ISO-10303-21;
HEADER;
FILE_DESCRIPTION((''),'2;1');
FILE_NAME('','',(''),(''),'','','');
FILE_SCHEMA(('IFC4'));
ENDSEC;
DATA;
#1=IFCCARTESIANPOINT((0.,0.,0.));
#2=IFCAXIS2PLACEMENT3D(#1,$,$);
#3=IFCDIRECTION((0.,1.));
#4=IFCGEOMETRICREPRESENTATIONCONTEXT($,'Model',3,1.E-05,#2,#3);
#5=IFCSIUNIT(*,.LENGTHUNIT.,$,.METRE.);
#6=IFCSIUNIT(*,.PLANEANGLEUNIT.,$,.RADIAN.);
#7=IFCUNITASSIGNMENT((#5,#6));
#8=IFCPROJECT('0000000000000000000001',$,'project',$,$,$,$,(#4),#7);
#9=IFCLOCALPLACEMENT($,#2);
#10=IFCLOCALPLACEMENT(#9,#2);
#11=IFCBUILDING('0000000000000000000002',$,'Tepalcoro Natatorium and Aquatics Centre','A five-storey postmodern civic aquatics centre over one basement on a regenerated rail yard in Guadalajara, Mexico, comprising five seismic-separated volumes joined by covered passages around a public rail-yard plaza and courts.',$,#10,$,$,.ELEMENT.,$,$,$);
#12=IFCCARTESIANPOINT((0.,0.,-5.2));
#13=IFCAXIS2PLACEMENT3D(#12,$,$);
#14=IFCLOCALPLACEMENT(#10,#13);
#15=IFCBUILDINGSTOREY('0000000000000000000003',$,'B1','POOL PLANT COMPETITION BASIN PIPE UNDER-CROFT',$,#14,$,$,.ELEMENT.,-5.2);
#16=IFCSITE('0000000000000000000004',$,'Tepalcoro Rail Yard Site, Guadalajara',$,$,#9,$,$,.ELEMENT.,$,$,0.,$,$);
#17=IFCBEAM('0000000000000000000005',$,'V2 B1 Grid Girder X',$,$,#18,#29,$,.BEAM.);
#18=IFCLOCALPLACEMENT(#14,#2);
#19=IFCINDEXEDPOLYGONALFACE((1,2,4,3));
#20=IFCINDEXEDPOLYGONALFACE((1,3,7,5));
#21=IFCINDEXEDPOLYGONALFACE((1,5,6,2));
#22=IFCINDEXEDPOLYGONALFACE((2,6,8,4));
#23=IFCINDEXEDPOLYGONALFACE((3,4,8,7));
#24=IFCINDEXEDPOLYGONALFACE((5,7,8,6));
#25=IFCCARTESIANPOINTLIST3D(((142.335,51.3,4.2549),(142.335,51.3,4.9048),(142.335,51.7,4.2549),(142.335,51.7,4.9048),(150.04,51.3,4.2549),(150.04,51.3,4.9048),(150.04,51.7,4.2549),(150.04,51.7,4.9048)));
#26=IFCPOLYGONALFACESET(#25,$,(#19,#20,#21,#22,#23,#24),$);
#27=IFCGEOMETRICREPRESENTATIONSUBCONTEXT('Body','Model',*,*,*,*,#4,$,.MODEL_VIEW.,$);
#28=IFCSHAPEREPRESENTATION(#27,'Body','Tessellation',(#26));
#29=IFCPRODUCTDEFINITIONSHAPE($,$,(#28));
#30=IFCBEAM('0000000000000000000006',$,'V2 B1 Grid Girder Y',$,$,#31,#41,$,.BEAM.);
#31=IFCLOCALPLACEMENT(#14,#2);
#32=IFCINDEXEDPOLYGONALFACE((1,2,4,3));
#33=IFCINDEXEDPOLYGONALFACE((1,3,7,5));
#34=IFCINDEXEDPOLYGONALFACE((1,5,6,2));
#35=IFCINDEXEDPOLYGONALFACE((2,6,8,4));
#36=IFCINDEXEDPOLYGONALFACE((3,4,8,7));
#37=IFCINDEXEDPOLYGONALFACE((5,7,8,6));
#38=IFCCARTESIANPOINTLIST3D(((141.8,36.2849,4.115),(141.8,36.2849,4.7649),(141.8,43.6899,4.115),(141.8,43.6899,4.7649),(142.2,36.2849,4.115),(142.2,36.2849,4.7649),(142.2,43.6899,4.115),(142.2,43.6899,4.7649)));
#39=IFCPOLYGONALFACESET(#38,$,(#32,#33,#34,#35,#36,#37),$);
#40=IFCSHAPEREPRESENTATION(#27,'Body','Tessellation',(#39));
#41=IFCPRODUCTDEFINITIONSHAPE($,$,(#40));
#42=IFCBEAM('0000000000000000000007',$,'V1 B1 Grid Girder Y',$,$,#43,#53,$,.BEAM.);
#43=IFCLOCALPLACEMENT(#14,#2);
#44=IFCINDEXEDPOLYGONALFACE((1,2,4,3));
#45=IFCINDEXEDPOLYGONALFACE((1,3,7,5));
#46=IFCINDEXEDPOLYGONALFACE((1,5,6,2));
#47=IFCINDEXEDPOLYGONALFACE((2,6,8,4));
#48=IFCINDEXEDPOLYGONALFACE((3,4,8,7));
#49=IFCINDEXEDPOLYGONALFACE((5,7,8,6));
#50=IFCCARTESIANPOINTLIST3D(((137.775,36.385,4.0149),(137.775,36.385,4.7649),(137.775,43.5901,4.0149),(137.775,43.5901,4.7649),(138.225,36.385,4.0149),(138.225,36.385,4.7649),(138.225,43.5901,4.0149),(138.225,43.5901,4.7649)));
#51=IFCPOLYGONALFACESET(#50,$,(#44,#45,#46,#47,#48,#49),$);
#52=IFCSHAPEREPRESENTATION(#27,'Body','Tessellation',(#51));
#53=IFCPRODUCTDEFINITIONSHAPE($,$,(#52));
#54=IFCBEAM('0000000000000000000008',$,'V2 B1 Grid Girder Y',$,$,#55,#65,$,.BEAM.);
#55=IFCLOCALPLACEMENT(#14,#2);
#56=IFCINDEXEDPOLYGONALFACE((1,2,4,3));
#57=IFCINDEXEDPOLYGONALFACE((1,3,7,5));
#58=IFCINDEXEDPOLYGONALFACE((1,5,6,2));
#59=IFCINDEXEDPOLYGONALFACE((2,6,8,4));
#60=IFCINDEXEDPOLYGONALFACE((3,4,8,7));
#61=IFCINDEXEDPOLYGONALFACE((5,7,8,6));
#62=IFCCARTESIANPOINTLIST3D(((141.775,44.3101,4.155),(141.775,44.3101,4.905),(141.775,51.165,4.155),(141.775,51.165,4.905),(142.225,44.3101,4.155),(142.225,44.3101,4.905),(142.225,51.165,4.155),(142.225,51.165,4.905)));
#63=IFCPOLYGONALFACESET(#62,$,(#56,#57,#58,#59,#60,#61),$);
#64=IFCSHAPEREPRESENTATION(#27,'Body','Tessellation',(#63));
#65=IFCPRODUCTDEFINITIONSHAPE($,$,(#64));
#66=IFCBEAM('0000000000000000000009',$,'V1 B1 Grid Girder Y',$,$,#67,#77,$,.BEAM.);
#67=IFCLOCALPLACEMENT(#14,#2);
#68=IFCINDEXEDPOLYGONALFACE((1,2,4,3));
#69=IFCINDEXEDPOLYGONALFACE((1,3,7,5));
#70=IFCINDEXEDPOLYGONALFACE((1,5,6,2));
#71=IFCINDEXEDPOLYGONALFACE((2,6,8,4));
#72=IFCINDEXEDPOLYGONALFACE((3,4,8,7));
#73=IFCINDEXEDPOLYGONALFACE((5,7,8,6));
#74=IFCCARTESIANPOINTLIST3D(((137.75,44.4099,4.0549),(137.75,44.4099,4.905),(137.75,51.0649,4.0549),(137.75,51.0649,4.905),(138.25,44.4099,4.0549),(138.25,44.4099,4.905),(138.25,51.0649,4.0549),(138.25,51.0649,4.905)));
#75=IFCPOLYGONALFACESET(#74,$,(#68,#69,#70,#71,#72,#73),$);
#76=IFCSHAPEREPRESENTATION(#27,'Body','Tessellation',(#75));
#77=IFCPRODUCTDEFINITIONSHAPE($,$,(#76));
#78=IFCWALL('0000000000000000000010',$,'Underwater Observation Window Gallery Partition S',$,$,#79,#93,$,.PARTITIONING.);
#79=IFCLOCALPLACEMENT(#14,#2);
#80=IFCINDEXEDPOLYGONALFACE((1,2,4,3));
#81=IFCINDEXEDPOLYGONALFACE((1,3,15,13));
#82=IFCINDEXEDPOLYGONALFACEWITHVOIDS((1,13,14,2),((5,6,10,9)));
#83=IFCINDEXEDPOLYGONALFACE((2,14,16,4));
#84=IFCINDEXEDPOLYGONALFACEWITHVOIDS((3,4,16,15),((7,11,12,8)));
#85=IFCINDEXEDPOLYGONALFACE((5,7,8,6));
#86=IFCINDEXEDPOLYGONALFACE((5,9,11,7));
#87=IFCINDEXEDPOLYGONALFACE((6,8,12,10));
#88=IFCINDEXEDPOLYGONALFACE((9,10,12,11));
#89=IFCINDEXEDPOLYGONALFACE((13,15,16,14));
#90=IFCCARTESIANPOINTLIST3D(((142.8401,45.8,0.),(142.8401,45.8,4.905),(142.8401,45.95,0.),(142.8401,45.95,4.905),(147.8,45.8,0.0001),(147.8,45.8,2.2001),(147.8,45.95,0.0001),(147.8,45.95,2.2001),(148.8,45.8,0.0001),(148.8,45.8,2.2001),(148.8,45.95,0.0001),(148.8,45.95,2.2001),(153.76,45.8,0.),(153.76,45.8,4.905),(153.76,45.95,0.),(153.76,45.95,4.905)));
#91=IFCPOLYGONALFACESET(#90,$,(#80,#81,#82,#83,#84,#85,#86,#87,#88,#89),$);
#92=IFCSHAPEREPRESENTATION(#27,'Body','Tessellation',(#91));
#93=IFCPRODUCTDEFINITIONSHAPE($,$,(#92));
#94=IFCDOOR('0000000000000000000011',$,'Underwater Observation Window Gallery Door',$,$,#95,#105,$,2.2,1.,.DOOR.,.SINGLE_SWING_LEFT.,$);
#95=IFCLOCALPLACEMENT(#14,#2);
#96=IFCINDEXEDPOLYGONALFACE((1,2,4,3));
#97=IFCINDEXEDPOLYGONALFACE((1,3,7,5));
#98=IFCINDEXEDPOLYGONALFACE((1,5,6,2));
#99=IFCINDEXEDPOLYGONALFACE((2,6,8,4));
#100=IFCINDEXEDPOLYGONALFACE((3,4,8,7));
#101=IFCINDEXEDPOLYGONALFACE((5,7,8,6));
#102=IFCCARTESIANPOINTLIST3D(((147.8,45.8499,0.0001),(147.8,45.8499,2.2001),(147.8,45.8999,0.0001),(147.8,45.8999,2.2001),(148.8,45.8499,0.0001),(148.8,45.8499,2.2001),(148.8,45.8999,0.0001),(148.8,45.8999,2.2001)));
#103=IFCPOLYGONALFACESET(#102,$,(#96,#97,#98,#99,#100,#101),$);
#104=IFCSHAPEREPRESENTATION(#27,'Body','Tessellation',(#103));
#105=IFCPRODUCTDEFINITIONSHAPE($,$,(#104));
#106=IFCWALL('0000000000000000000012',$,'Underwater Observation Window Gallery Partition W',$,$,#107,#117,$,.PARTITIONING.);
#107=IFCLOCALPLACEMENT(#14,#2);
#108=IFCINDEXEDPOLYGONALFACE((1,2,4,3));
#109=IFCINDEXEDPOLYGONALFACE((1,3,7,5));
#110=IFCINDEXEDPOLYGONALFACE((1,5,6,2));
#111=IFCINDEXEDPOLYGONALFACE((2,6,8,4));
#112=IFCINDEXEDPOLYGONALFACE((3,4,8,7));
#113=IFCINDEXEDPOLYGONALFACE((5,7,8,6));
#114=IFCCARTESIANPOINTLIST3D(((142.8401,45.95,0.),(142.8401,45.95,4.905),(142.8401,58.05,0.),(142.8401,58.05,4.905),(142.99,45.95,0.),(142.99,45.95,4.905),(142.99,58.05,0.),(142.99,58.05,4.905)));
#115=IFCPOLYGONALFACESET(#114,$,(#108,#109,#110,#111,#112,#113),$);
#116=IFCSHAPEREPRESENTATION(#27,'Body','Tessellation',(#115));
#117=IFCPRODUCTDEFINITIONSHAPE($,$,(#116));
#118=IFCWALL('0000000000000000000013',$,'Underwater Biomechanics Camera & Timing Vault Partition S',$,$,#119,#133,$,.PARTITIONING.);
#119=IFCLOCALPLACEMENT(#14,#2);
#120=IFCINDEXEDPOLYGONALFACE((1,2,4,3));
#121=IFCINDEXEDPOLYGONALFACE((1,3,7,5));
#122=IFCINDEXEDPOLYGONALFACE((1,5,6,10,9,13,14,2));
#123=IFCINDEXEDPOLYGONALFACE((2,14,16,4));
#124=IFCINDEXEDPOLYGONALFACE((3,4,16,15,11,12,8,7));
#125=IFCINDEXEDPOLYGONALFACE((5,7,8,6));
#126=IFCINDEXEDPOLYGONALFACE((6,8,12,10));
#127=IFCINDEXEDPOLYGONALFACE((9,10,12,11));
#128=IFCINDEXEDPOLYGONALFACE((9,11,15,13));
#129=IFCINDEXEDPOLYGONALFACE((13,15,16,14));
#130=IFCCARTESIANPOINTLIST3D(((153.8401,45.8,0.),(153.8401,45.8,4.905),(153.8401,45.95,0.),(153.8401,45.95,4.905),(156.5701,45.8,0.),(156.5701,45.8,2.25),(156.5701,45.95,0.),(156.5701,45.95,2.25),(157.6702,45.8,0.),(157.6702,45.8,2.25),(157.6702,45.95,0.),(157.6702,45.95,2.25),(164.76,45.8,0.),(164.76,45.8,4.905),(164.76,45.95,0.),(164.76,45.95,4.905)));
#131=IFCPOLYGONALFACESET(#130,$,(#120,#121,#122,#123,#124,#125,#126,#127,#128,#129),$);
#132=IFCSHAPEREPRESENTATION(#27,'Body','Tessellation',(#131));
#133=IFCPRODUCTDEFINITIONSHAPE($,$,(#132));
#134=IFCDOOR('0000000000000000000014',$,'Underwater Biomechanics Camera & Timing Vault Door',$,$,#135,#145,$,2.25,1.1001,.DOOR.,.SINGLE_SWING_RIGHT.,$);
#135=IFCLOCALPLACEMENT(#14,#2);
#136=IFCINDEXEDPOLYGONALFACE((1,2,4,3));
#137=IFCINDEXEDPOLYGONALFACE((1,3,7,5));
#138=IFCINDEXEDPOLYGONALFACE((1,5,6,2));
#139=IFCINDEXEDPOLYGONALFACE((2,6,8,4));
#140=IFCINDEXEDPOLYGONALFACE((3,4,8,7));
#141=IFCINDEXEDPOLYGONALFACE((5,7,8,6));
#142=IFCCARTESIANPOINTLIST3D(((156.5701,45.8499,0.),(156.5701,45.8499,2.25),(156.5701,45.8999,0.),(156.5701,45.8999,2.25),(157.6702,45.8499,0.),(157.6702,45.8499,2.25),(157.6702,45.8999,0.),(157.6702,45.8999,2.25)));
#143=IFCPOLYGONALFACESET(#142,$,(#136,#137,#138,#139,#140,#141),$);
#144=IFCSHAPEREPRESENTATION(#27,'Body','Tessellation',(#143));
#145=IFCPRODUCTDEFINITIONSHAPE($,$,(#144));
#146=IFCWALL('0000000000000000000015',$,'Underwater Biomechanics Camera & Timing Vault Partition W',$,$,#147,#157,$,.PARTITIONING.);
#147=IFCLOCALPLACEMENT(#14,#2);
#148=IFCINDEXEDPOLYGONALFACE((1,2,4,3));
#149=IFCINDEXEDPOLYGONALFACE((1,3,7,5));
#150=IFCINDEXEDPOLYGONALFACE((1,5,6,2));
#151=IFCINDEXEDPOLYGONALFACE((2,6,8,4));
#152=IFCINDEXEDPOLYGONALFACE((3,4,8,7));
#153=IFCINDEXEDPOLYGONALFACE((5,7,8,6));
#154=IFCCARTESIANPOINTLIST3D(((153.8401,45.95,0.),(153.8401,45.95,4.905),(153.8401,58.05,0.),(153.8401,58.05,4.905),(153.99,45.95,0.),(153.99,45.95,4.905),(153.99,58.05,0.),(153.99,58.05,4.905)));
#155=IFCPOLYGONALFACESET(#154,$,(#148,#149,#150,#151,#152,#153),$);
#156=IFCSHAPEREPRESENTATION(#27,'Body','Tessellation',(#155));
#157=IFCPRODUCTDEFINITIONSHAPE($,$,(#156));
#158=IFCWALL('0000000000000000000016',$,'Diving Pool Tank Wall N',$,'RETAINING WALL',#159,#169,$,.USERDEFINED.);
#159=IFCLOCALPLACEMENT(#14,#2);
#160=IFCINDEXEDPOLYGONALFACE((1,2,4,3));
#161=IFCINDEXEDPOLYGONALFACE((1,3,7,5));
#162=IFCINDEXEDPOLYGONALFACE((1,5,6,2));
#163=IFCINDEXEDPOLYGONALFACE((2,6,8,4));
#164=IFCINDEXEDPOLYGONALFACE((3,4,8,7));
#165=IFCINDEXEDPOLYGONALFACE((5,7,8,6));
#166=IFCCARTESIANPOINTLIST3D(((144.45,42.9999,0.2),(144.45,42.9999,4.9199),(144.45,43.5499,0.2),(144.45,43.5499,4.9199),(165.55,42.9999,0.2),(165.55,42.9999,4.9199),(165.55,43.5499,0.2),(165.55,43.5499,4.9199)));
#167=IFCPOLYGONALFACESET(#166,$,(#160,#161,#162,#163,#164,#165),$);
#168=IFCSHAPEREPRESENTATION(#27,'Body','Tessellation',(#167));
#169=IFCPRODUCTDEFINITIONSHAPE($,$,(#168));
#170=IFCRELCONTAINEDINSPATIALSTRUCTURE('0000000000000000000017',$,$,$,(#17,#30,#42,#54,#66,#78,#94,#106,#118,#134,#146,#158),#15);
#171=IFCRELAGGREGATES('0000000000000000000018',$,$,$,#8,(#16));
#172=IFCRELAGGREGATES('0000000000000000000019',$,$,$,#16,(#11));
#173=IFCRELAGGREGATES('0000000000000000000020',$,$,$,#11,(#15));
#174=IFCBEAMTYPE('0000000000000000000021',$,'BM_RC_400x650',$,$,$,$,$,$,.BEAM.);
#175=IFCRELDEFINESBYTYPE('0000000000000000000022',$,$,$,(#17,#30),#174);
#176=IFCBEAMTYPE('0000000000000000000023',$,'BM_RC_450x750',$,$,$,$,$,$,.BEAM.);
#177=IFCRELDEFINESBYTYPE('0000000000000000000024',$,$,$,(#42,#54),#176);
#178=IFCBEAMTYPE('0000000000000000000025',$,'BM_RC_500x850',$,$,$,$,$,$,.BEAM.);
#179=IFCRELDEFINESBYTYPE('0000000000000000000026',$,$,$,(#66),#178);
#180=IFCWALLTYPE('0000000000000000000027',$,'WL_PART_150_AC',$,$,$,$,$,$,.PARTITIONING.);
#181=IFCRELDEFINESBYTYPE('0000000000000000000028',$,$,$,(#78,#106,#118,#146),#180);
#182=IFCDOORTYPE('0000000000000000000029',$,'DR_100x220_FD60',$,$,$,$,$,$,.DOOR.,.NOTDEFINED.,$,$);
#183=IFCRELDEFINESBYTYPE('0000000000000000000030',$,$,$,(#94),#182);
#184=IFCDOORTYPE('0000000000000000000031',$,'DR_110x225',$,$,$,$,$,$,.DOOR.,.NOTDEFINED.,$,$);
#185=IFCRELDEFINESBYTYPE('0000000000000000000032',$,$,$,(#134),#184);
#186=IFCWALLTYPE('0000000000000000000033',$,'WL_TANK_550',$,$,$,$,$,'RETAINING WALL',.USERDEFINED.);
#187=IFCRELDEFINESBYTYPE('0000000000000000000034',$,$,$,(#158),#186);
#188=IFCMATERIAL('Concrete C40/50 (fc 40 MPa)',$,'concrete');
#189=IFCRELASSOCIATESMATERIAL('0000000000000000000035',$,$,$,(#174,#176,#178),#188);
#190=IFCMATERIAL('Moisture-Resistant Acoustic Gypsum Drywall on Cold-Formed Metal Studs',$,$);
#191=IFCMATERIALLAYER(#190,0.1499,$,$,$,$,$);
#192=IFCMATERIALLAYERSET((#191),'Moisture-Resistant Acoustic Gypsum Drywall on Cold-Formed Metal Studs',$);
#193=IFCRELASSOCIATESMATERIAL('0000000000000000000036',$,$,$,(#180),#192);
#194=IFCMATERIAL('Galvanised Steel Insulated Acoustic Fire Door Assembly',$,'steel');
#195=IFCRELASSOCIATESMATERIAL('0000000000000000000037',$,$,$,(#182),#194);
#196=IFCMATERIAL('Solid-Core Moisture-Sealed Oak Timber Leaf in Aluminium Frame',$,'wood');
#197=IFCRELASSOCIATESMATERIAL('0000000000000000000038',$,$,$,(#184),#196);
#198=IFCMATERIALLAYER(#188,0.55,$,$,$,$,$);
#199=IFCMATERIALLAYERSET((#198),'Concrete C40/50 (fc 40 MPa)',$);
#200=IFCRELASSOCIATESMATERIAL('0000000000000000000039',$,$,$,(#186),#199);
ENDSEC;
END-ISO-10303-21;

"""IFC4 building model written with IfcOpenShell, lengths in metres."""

from ifc_helpers import new_model, si_unit, direction, frame, frame_2d, origin, origin_2d, place, context, subcontext, project, spatial, rectangle, extrude, material, layer, layer_set, material_profile, profile_set, type_object, element, fill, save


model = new_model("IFC4")

# Units and contexts
model_context = context("Model", 3, precision=1e-05, world=origin(), true_north=direction((0.0, 1.0)))
body_context = subcontext(model_context, "Body", "Model", "MODEL_VIEW")
ifc_project = project(units=[si_unit("LENGTHUNIT", "METRE"), si_unit("PLANEANGLEUNIT", "RADIAN")], contexts=[model_context])

# Site, building, storey
site_placement = place(None, origin())
site = spatial("IfcSite", under=ifc_project, at=site_placement, Name="Tepalcoro Rail Yard Site, Guadalajara", CompositionType="ELEMENT", RefElevation=0.0)
building_placement = place(site_placement, origin())
building = spatial("IfcBuilding", under=site, at=building_placement, Name="Tepalcoro Natatorium and Aquatics Centre", Description="A five-storey postmodern civic aquatics centre over one basement on a regenerated rail yard in Guadalajara, Mexico, comprising five seismic-separated volumes joined by covered passages around a public rail-yard plaza and courts.", CompositionType="ELEMENT")
storey_placement = place(building_placement, frame((0.0, 0.0, -5.2)))
storey = spatial("IfcBuildingStorey", under=building, at=storey_placement, Name="B1", Description="POOL PLANT COMPETITION BASIN PIPE UNDER-CROFT", CompositionType="ELEMENT", Elevation=-5.2)

# Shared definitions
ifc_material_1 = material(Name="Concrete C40/50 (fc 40 MPa)", Category="concrete")

# Beams
ifc_material_profile_1 = material_profile(ifc_material_1, rectangle(XDim=0.3999, YDim=0.6499, at=origin_2d()), Name="RCB400x650")
ifc_profile_set_1 = profile_set([ifc_material_profile_1], Name="Concrete C40/50 (fc 40 MPa)")
beam_type_1 = type_object("IfcBeamType", Name="BM_RC_400x650", PredefinedType="BEAM", material=ifc_profile_set_1)
beam_1_placement = place(storey_placement, frame((142.335, 51.5, 4.5798), z_axis=(1.0, 0.0, 0.0), x_axis=(0.0, 1.0, 0.0)))
element("IfcBeam", 1, at=beam_1_placement, inside=storey, type_object=beam_type_1, Name="V2 B1 Grid Girder X", PredefinedType="BEAM", context=body_context, shape_type="SweptSolid", body=[
    extrude(rectangle(XDim=0.3999, YDim=0.6499, at=origin_2d()), origin(), (0.0, 0.0, 1.0), 7.7051),
])
beam_2_placement = place(storey_placement, frame((142.0, 36.2849, 4.4399), z_axis=(0.0, 1.0, 0.0), x_axis=(-1.0, 0.0, 0.0)))
element("IfcBeam", 2, at=beam_2_placement, inside=storey, type_object=beam_type_1, Name="V2 B1 Grid Girder Y", PredefinedType="BEAM", context=body_context, shape_type="SweptSolid", body=[
    extrude(rectangle(XDim=0.3999, YDim=0.6499, at=origin_2d()), origin(), (0.0, 0.0, 1.0), 7.405),
])
ifc_material_profile_2 = material_profile(ifc_material_1, rectangle(XDim=0.45, YDim=0.75, at=origin_2d()), Name="RCB450x750")
ifc_profile_set_2 = profile_set([ifc_material_profile_2], Name="Concrete C40/50 (fc 40 MPa)")
beam_type_2 = type_object("IfcBeamType", Name="BM_RC_450x750", PredefinedType="BEAM", material=ifc_profile_set_2)
beam_3_placement = place(storey_placement, frame((138.0, 36.385, 4.3899), z_axis=(0.0, 1.0, 0.0), x_axis=(-1.0, 0.0, 0.0)))
element("IfcBeam", 3, at=beam_3_placement, inside=storey, type_object=beam_type_2, Name="V1 B1 Grid Girder Y", PredefinedType="BEAM", context=body_context, shape_type="SweptSolid", body=[
    extrude(rectangle(XDim=0.45, YDim=0.75, at=origin_2d()), origin(), (0.0, 0.0, 1.0), 7.2051),
])
beam_4_placement = place(storey_placement, frame((142.0, 44.3101, 4.53), z_axis=(0.0, 1.0, 0.0), x_axis=(-1.0, 0.0, 0.0)))
element("IfcBeam", 4, at=beam_4_placement, inside=storey, type_object=beam_type_2, Name="V2 B1 Grid Girder Y", PredefinedType="BEAM", context=body_context, shape_type="SweptSolid", body=[
    extrude(rectangle(XDim=0.45, YDim=0.75, at=origin_2d()), origin(), (0.0, 0.0, 1.0), 6.855),
])
ifc_material_profile_3 = material_profile(ifc_material_1, rectangle(XDim=0.5, YDim=0.8501, at=origin_2d()), Name="RCB500x850")
ifc_profile_set_3 = profile_set([ifc_material_profile_3], Name="Concrete C40/50 (fc 40 MPa)")
beam_type_3 = type_object("IfcBeamType", Name="BM_RC_500x850", PredefinedType="BEAM", material=ifc_profile_set_3)
beam_5_placement = place(storey_placement, frame((138.0, 44.4099, 4.48), z_axis=(0.0, 1.0, 0.0), x_axis=(-1.0, 0.0, 0.0)))
element("IfcBeam", 5, at=beam_5_placement, inside=storey, type_object=beam_type_3, Name="V1 B1 Grid Girder Y", PredefinedType="BEAM", context=body_context, shape_type="SweptSolid", body=[
    extrude(rectangle(XDim=0.5, YDim=0.8501, at=origin_2d()), origin(), (0.0, 0.0, 1.0), 6.655),
])

# Wall, opening, door
ifc_material_2 = material(Name="Moisture-Resistant Acoustic Gypsum Drywall on Cold-Formed Metal Studs")
ifc_layer_1 = layer(ifc_material_2, 0.1499)
ifc_layer_set_1 = layer_set([ifc_layer_1], Name="Moisture-Resistant Acoustic Gypsum Drywall on Cold-Formed Metal Studs")
wall_type_1 = type_object("IfcWallType", Name="WL_PART_150_AC", PredefinedType="PARTITIONING", material=ifc_layer_set_1)
wall_1_placement = place(storey_placement, frame((142.8401, 45.875, 0.0), z_axis=(0.0, 0.0, 1.0), x_axis=(1.0, 0.0, 0.0)))
wall_1 = element("IfcWall", 6, at=wall_1_placement, inside=storey, type_object=wall_type_1, Name="Underwater Observation Window Gallery Partition S", PredefinedType="PARTITIONING", context=body_context, shape_type="SweptSolid", body=[
    extrude(rectangle(XDim=10.9199, YDim=0.1499, at=frame_2d((5.46, 0.0))), origin(), (0.0, 0.0, 1.0), 4.905),
])
opening_1_placement = place(wall_1_placement, frame((4.96, 0.0, 0.0)))
opening_1 = element("IfcOpeningElement", 7, at=opening_1_placement, cuts=wall_1, PredefinedType="OPENING", context=body_context, shape_type="SweptSolid", body=[
    extrude(rectangle(XDim=1.0, YDim=2.2, at=frame_2d((0.5, 1.1001))), frame((0.0, 0.0869, 0.0), z_axis=(0.0, -1.0, 0.0), x_axis=(1.0, 0.0, 0.0)), (0.0, 0.0, 1.0), 0.1738),
])
ifc_material_3 = material(Name="Galvanised Steel Insulated Acoustic Fire Door Assembly", Category="steel")
door_type_1 = type_object("IfcDoorType", Name="DR_100x220_FD60", OperationType="NOTDEFINED", PredefinedType="DOOR", material=ifc_material_3)
door_1_placement = place(opening_1_placement, origin())
door_1 = element("IfcDoor", 8, at=door_1_placement, inside=storey, type_object=door_type_1, Name="Underwater Observation Window Gallery Door", OperationType="SINGLE_SWING_LEFT", OverallHeight=2.2, OverallWidth=1.0, PredefinedType="DOOR", context=body_context, shape_type="SweptSolid", body=[
    extrude(rectangle(XDim=1.0, YDim=2.2, at=frame_2d((0.5, 1.1001))), frame((0.0, 0.0249, 0.0), z_axis=(0.0, -1.0, 0.0), x_axis=(1.0, 0.0, 0.0)), (0.0, 0.0, 1.0), 0.05),
])
fill(opening_1, door_1)

# Wall
wall_2_placement = place(storey_placement, frame((142.915, 45.95, 0.0), z_axis=(0.0, 0.0, 1.0), x_axis=(0.0, 1.0, 0.0)))
element("IfcWall", 9, at=wall_2_placement, inside=storey, type_object=wall_type_1, Name="Underwater Observation Window Gallery Partition W", PredefinedType="PARTITIONING", context=body_context, shape_type="SweptSolid", body=[
    extrude(rectangle(XDim=12.1001, YDim=0.1499, at=frame_2d((6.05, 0.0))), origin(), (0.0, 0.0, 1.0), 4.905),
])

# Wall, opening, door
wall_3_placement = place(storey_placement, frame((153.8401, 45.875, 0.0), z_axis=(0.0, 0.0, 1.0), x_axis=(1.0, 0.0, 0.0)))
wall_3 = element("IfcWall", 10, at=wall_3_placement, inside=storey, type_object=wall_type_1, Name="Underwater Biomechanics Camera & Timing Vault Partition S", PredefinedType="PARTITIONING", context=body_context, shape_type="SweptSolid", body=[
    extrude(rectangle(XDim=10.9199, YDim=0.1499, at=frame_2d((5.46, 0.0))), origin(), (0.0, 0.0, 1.0), 4.905),
])
opening_2_placement = place(wall_3_placement, frame((2.73, 0.0, 0.0)))
opening_2 = element("IfcOpeningElement", 11, at=opening_2_placement, cuts=wall_3, PredefinedType="OPENING", context=body_context, shape_type="SweptSolid", body=[
    extrude(rectangle(XDim=1.1001, YDim=2.25, at=frame_2d((0.55, 1.125))), frame((0.0, 0.0869, 0.0), z_axis=(0.0, -1.0, 0.0), x_axis=(1.0, 0.0, 0.0)), (0.0, 0.0, 1.0), 0.1738),
])
ifc_material_4 = material(Name="Solid-Core Moisture-Sealed Oak Timber Leaf in Aluminium Frame", Category="wood")
door_type_2 = type_object("IfcDoorType", Name="DR_110x225", OperationType="NOTDEFINED", PredefinedType="DOOR", material=ifc_material_4)
door_2_placement = place(opening_2_placement, origin())
door_2 = element("IfcDoor", 12, at=door_2_placement, inside=storey, type_object=door_type_2, Name="Underwater Biomechanics Camera & Timing Vault Door", OperationType="SINGLE_SWING_RIGHT", OverallHeight=2.25, OverallWidth=1.1001, PredefinedType="DOOR", context=body_context, shape_type="SweptSolid", body=[
    extrude(rectangle(XDim=1.1001, YDim=2.25, at=frame_2d((0.55, 1.125))), frame((0.0, 0.0249, 0.0), z_axis=(0.0, -1.0, 0.0), x_axis=(1.0, 0.0, 0.0)), (0.0, 0.0, 1.0), 0.05),
])
fill(opening_2, door_2)

# Walls
wall_4_placement = place(storey_placement, frame((153.915, 45.95, 0.0), z_axis=(0.0, 0.0, 1.0), x_axis=(0.0, 1.0, 0.0)))
element("IfcWall", 13, at=wall_4_placement, inside=storey, type_object=wall_type_1, Name="Underwater Biomechanics Camera & Timing Vault Partition W", PredefinedType="PARTITIONING", context=body_context, shape_type="SweptSolid", body=[
    extrude(rectangle(XDim=12.1001, YDim=0.1499, at=frame_2d((6.05, 0.0))), origin(), (0.0, 0.0, 1.0), 4.905),
])
ifc_layer_2 = layer(ifc_material_1, 0.55)
ifc_layer_set_2 = layer_set([ifc_layer_2], Name="Concrete C40/50 (fc 40 MPa)")
wall_type_2 = type_object("IfcWallType", Name="WL_TANK_550", ElementType="RETAINING WALL", PredefinedType="USERDEFINED", material=ifc_layer_set_2)
wall_5_placement = place(storey_placement, frame((144.45, 43.2749, 0.2), z_axis=(0.0, 0.0, 1.0), x_axis=(1.0, 0.0, 0.0)))
element("IfcWall", 14, at=wall_5_placement, inside=storey, type_object=wall_type_2, Name="Diving Pool Tank Wall N", ObjectType="RETAINING WALL", PredefinedType="USERDEFINED", context=body_context, shape_type="SweptSolid", body=[
    extrude(rectangle(XDim=21.1001, YDim=0.55, at=frame_2d((10.55, 0.0))), origin(), (0.0, 0.0, 1.0), 4.72),
])

save(model, "model.ifc")
